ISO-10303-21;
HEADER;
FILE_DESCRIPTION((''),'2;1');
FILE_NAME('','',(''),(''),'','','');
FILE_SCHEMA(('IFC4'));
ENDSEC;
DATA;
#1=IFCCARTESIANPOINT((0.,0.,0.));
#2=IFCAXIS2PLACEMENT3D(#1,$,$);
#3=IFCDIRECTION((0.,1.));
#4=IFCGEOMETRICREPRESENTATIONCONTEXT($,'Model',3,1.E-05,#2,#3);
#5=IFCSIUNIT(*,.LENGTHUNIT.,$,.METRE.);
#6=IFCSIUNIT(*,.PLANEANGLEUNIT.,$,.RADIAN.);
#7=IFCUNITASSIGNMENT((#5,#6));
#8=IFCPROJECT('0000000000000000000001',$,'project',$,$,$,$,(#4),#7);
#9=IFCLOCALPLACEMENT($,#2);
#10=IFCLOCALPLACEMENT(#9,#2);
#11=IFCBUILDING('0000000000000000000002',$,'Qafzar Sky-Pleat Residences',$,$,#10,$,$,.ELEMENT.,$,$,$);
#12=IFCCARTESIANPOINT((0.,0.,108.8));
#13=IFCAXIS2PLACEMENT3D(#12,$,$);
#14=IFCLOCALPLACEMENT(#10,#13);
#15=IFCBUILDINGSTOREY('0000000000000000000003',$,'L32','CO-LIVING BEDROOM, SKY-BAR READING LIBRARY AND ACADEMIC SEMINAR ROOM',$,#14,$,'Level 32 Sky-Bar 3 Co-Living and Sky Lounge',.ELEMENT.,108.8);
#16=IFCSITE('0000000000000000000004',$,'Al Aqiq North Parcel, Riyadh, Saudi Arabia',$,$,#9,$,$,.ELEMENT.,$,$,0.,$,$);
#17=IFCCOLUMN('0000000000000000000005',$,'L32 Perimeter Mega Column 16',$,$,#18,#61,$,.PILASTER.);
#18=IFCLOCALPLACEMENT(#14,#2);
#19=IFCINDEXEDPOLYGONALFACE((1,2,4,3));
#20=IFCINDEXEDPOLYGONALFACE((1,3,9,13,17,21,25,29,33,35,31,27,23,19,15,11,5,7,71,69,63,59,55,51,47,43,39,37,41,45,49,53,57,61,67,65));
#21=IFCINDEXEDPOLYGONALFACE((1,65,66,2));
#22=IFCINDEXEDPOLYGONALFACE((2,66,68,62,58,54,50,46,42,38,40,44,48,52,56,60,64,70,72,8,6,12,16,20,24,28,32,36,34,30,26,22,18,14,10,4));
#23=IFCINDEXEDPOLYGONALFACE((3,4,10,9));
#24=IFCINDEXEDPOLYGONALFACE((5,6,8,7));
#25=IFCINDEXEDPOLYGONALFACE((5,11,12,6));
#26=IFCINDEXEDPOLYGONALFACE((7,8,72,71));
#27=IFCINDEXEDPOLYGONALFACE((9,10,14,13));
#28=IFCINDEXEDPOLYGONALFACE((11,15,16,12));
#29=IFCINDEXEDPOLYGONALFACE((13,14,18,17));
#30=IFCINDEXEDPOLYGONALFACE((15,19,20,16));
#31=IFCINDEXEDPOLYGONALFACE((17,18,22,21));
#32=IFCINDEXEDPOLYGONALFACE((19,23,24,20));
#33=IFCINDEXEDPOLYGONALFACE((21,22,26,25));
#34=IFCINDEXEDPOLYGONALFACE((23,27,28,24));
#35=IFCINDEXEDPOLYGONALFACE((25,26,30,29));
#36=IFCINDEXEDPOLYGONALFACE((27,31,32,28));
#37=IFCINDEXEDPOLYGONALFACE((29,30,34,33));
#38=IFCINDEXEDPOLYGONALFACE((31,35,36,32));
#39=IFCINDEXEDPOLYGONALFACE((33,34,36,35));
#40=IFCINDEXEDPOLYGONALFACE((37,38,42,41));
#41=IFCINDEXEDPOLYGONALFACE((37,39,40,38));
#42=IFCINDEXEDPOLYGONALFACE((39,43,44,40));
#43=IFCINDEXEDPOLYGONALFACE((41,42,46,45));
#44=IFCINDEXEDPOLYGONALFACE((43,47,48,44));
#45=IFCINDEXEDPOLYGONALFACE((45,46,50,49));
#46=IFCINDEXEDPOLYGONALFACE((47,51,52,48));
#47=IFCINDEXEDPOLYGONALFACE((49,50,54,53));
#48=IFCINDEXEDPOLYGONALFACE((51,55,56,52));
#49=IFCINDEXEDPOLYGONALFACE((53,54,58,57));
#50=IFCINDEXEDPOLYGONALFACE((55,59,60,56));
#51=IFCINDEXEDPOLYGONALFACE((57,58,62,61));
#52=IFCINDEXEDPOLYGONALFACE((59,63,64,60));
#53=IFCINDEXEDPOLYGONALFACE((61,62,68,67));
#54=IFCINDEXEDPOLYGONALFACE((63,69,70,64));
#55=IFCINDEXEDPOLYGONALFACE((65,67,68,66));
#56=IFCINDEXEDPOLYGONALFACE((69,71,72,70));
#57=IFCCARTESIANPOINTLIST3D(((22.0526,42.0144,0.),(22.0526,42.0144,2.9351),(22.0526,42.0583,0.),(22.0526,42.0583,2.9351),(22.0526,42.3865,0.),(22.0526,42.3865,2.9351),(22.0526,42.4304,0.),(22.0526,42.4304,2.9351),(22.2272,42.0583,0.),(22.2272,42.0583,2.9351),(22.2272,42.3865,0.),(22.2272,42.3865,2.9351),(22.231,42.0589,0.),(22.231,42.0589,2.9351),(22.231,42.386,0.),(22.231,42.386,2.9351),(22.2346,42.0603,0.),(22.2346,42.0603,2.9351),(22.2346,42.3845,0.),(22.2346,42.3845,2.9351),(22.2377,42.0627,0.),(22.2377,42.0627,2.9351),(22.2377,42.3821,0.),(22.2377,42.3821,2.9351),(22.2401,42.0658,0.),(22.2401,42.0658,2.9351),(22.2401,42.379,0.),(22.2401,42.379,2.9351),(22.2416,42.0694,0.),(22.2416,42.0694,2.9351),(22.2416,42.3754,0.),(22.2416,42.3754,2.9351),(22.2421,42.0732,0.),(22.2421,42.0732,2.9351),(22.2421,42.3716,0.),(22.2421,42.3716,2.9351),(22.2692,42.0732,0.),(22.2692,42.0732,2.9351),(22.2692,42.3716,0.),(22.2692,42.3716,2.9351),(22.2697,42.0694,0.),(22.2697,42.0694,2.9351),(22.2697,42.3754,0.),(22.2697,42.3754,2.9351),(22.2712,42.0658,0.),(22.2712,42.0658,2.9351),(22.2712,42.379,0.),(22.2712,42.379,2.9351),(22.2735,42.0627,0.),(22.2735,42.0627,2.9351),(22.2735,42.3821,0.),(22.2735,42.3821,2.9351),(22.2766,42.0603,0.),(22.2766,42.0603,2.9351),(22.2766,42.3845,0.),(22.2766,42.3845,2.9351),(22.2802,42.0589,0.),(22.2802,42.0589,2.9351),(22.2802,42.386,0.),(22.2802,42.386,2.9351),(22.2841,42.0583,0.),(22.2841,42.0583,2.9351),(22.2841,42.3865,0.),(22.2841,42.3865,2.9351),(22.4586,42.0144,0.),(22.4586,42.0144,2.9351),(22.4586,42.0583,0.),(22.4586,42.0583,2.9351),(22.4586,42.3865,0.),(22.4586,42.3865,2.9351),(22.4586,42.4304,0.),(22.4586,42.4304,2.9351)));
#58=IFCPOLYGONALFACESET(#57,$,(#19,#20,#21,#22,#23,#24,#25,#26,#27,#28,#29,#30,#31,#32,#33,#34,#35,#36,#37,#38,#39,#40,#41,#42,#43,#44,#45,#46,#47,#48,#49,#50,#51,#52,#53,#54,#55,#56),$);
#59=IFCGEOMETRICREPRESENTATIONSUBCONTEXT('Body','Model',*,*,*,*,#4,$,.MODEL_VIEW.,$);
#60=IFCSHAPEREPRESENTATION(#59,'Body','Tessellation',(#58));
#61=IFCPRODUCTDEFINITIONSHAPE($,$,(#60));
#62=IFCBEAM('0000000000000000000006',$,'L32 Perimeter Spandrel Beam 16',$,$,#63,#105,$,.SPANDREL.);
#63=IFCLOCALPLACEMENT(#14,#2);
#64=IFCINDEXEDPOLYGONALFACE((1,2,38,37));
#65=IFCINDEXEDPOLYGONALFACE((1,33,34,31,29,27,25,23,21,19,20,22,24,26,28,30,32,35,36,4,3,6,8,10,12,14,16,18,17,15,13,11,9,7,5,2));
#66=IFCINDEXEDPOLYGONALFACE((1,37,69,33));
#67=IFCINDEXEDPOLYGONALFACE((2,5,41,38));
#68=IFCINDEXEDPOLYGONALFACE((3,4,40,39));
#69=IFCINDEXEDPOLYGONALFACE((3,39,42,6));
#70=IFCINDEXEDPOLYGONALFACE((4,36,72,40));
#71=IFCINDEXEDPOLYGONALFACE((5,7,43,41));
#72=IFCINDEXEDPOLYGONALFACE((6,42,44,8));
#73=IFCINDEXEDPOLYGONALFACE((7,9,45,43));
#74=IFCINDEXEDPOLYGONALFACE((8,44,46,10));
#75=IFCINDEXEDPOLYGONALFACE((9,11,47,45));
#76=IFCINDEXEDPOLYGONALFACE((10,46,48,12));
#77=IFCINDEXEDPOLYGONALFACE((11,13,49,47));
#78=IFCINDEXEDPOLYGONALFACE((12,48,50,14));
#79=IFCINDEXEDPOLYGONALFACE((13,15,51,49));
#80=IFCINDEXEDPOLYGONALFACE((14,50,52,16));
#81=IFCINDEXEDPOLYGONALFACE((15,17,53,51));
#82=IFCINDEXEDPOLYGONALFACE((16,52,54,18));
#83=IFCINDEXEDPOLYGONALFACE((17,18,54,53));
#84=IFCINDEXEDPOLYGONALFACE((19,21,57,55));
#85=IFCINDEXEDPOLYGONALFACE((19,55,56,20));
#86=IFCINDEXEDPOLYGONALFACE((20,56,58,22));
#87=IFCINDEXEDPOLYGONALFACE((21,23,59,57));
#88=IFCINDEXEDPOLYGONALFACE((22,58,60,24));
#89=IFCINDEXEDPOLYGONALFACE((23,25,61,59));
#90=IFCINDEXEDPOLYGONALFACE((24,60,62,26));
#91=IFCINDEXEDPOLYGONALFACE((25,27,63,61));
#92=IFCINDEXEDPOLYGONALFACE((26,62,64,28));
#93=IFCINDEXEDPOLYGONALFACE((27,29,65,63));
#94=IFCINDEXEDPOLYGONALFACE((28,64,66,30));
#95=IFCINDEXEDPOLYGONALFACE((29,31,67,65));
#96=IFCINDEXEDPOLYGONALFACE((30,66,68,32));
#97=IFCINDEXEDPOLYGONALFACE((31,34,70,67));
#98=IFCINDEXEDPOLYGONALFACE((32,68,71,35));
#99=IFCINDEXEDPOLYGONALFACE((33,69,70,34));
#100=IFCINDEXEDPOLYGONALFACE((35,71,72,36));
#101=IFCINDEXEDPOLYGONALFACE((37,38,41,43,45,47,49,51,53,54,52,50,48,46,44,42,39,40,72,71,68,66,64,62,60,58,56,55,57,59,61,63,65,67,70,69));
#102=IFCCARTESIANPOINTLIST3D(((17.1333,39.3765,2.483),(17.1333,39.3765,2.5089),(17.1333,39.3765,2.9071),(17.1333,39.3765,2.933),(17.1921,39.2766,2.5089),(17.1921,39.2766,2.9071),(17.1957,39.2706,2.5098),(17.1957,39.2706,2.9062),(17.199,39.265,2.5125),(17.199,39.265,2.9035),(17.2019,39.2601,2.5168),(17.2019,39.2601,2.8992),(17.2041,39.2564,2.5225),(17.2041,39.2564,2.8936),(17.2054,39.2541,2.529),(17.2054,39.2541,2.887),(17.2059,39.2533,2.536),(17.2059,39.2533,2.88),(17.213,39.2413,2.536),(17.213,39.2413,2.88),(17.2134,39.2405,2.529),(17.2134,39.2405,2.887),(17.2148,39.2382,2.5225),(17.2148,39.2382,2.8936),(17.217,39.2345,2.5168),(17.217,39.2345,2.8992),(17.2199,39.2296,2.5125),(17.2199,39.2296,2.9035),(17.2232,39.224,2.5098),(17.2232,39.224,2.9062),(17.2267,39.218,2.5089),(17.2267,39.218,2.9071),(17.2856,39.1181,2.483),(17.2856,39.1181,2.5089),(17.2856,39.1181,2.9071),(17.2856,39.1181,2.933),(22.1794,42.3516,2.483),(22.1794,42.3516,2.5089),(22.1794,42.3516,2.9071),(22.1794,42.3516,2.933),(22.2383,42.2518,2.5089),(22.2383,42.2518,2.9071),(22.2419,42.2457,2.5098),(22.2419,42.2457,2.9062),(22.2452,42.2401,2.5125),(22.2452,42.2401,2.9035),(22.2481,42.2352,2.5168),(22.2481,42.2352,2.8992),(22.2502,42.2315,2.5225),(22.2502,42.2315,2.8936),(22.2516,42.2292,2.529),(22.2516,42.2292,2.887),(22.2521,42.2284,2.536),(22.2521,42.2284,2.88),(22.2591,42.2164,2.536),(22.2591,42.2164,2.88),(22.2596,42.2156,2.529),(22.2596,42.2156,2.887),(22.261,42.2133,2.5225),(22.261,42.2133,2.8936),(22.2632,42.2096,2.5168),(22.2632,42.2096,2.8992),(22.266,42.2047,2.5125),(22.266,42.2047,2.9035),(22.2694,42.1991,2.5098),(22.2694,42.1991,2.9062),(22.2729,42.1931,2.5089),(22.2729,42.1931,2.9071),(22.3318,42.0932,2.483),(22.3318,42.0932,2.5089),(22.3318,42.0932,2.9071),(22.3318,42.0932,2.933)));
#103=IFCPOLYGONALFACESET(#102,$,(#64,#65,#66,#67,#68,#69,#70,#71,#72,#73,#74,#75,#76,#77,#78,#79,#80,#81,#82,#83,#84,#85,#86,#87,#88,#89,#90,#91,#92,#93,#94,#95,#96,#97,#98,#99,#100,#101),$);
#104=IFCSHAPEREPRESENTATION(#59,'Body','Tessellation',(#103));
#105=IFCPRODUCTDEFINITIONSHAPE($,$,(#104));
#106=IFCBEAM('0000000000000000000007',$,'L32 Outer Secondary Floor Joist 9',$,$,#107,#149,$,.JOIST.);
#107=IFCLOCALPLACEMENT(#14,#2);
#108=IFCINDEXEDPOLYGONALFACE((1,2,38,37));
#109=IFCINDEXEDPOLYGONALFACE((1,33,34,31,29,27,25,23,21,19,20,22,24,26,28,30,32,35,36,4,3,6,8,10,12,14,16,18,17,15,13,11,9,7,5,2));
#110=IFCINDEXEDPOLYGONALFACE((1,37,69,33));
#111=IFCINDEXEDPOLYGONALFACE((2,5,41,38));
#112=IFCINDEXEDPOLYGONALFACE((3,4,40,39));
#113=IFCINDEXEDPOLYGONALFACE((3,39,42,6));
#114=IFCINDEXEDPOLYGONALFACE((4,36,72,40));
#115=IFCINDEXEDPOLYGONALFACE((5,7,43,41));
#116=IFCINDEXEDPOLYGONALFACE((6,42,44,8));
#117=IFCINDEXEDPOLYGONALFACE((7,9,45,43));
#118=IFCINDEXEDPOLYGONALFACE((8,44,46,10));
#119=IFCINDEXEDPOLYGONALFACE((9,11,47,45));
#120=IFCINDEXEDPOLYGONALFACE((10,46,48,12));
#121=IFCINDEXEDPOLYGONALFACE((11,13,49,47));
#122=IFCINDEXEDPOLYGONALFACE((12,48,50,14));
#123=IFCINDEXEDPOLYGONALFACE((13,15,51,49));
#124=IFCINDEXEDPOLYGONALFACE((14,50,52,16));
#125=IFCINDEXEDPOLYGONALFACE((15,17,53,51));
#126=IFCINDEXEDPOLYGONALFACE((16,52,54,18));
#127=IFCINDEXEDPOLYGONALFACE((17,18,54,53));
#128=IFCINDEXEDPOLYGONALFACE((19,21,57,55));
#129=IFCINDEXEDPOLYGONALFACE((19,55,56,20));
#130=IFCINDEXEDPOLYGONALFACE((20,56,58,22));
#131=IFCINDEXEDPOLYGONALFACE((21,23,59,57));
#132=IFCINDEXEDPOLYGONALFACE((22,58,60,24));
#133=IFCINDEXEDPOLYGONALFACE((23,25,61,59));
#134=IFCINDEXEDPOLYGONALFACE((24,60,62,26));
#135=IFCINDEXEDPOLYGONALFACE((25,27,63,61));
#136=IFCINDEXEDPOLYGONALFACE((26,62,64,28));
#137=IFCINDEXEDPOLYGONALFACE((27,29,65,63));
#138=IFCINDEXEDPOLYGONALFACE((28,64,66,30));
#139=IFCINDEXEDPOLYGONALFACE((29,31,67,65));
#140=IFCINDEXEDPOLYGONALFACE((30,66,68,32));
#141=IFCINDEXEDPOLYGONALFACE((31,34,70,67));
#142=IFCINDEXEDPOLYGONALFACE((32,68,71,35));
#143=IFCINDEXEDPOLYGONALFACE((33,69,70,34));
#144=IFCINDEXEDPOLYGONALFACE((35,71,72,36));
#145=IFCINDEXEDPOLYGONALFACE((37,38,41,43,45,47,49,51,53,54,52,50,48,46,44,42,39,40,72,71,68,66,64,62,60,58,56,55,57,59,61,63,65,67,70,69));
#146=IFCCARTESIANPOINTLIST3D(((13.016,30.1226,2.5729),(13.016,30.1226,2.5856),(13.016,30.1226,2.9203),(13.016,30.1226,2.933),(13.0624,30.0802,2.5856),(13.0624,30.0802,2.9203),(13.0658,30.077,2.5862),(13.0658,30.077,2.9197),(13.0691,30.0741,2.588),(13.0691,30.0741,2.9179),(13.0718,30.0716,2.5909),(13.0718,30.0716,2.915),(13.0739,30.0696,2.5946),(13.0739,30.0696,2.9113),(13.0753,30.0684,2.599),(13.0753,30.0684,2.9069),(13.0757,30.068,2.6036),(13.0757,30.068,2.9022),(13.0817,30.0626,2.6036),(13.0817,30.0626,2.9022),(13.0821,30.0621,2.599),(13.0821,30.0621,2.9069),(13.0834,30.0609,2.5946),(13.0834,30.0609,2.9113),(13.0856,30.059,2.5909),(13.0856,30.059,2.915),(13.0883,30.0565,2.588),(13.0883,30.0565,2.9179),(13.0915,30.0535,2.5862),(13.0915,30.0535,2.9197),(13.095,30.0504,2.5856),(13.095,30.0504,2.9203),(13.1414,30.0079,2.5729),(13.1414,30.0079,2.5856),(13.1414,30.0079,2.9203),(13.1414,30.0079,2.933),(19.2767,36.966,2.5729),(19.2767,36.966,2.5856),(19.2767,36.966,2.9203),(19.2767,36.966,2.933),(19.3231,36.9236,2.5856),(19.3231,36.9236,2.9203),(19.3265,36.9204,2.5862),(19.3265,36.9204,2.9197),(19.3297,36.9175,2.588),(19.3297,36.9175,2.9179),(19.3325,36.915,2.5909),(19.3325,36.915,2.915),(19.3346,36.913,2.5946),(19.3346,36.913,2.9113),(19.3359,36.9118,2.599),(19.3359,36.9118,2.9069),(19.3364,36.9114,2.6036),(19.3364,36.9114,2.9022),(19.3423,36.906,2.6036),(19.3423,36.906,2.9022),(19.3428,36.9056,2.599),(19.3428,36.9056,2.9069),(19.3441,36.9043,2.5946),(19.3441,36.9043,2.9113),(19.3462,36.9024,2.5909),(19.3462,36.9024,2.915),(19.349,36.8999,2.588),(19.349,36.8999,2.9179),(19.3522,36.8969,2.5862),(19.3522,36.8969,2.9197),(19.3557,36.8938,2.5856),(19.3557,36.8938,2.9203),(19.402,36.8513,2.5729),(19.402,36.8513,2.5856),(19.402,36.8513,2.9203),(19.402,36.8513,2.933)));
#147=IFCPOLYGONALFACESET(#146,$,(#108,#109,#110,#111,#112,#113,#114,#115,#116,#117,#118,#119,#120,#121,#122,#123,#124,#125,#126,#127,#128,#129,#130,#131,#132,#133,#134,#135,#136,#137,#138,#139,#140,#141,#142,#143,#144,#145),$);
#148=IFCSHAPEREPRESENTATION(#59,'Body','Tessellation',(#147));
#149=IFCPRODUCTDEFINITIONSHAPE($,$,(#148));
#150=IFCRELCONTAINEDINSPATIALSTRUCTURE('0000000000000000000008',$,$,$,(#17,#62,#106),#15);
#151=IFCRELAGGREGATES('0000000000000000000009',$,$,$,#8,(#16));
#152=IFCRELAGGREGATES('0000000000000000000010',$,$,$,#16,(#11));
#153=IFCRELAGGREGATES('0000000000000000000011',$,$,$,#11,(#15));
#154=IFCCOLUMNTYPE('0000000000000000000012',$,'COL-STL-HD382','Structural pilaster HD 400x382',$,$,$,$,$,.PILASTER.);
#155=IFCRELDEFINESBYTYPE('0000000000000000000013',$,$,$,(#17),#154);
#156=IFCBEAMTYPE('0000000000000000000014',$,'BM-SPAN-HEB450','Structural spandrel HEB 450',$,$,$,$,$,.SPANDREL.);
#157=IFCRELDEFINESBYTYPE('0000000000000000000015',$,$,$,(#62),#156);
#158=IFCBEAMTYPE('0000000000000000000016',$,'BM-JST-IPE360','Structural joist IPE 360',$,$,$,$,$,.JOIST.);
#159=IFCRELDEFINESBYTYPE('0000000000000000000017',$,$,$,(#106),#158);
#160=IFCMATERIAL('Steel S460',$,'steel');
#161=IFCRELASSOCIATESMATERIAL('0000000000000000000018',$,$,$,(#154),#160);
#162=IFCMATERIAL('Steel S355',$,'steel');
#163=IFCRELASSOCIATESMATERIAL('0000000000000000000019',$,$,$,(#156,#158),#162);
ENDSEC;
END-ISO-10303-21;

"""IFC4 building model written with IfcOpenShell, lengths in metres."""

from ifc_helpers import new_model, si_unit, direction, frame, origin, origin_2d, place, context, subcontext, project, spatial, i_section, extrude, source, transform, mapped, material, material_profile, profile_set, type_object, element, save


model = new_model("IFC4")

# Units and contexts
model_context = context("Model", 3, precision=1e-05, world=origin(), true_north=direction((0.0, 1.0)))
body_context = subcontext(model_context, "Body", "Model", "MODEL_VIEW")
ifc_project = project(units=[si_unit("LENGTHUNIT", "METRE"), si_unit("PLANEANGLEUNIT", "RADIAN")], contexts=[model_context])

# Site, building, storey
site_placement = place(None, origin())
site = spatial("IfcSite", under=ifc_project, at=site_placement, Name="Al Aqiq North Parcel, Riyadh, Saudi Arabia", CompositionType="ELEMENT", RefElevation=0.0)
building_placement = place(site_placement, origin())
building = spatial("IfcBuilding", under=site, at=building_placement, Name="Qafzar Sky-Pleat Residences", CompositionType="ELEMENT")
storey_placement = place(building_placement, frame((0.0, 0.0, 108.8)))
storey = spatial("IfcBuildingStorey", under=building, at=storey_placement, Name="L32", Description="CO-LIVING BEDROOM, SKY-BAR READING LIBRARY AND ACADEMIC SEMINAR ROOM", LongName="Level 32 Sky-Bar 3 Co-Living and Sky Lounge", CompositionType="ELEMENT", Elevation=108.8)

# Column
ifc_material_1 = material(Name="Steel S460", Category="steel")
ifc_material_profile_1 = material_profile(ifc_material_1, i_section(OverallWidth=0.406, OverallDepth=0.416, WebThickness=0.0271, FlangeThickness=0.0439, FilletRadius=0.0149, at=origin_2d()), Name="HD 400x382")
ifc_profile_set_1 = profile_set([ifc_material_profile_1], Name="Steel S460")
column_type = type_object("IfcColumnType", Name="COL-STL-HD382", Description="Structural pilaster HD 400x382", PredefinedType="PILASTER", material=ifc_profile_set_1)
shared_shape_1 = source(origin(), body_context, "Body", "SweptSolid", [
    extrude(i_section(OverallWidth=0.406, OverallDepth=0.416, WebThickness=0.0271, FlangeThickness=0.0439, FilletRadius=0.0149, at=origin_2d()), origin(), (0.0, 0.0, 1.0), 2.9351),
])
column_placement = place(storey_placement, frame((22.2556, 42.2224, 0.0), z_axis=(0.0, 0.0, 1.0), x_axis=(1.0, 0.0, 0.0)))
element("IfcColumn", 1, at=column_placement, inside=storey, type_object=column_type, Name="L32 Perimeter Mega Column 16", PredefinedType="PILASTER", context=body_context, shape_type="MappedRepresentation", body=[
    mapped(shared_shape_1, transform((0.0, 0.0, 0.0), x_axis=(1.0, 0.0, 0.0), y_axis=(0.0, 1.0, 0.0), z_axis=(0.0, 0.0, 1.0), scale=1.0)),
])

# Beams
ifc_material_2 = material(Name="Steel S355", Category="steel")
ifc_material_profile_2 = material_profile(ifc_material_2, i_section(OverallWidth=0.3, OverallDepth=0.45, WebThickness=0.0139, FlangeThickness=0.0259, FilletRadius=0.0271, at=origin_2d()), Name="HEB 450")
ifc_profile_set_2 = profile_set([ifc_material_profile_2], Name="Steel S355")
beam_type_1 = type_object("IfcBeamType", Name="BM-SPAN-HEB450", Description="Structural spandrel HEB 450", PredefinedType="SPANDREL", material=ifc_profile_set_2)
shared_shape_2 = source(origin(), body_context, "Body", "SweptSolid", [
    extrude(i_section(OverallWidth=0.3, OverallDepth=0.45, WebThickness=0.0139, FlangeThickness=0.0259, FilletRadius=0.0271, at=origin_2d()), origin(), (0.0, 0.0, 1.0), 5.8579),
])
beam_1_placement = place(storey_placement, frame((22.2556, 42.2224, 2.708), z_axis=(-0.861428, -0.50788, 0.0), x_axis=(0.50788, -0.861428, 0.0)))
element("IfcBeam", 2, at=beam_1_placement, inside=storey, type_object=beam_type_1, Name="L32 Perimeter Spandrel Beam 16", PredefinedType="SPANDREL", context=body_context, shape_type="MappedRepresentation", body=[
    mapped(shared_shape_2, transform((0.0, 0.0, 0.0), x_axis=(1.0, 0.0, 0.0), y_axis=(0.0, 1.0, 0.0), z_axis=(0.0, 0.0, 1.0), scale=1.0)),
])
ifc_material_profile_3 = material_profile(ifc_material_2, i_section(OverallWidth=0.1699, OverallDepth=0.3601, WebThickness=0.0081, FlangeThickness=0.0127, FilletRadius=0.0181, at=origin_2d()), Name="IPE 360")
ifc_profile_set_3 = profile_set([ifc_material_profile_3], Name="Steel S355")
beam_type_2 = type_object("IfcBeamType", Name="BM-JST-IPE360", Description="Structural joist IPE 360", PredefinedType="JOIST", material=ifc_profile_set_3)
shared_shape_3 = source(origin(), body_context, "Body", "SweptSolid", [
    extrude(i_section(OverallWidth=0.1699, OverallDepth=0.3601, WebThickness=0.0081, FlangeThickness=0.0127, FilletRadius=0.0181, at=origin_2d()), origin(), (0.0, 0.0, 1.0), 9.2751),
])
beam_2_placement = place(storey_placement, frame((19.3394, 36.9087, 2.7529), z_axis=(-0.674994, -0.737824, 0.0), x_axis=(0.737824, -0.674994, 0.0)))
element("IfcBeam", 3, at=beam_2_placement, inside=storey, type_object=beam_type_2, Name="L32 Outer Secondary Floor Joist 9", PredefinedType="JOIST", context=body_context, shape_type="MappedRepresentation", body=[
    mapped(shared_shape_3, transform((0.0, 0.0, 0.0), x_axis=(1.0, 0.0, 0.0), y_axis=(0.0, 1.0, 0.0), z_axis=(0.0, 0.0, 1.0), scale=1.0)),
])

save(model, "model.ifc")
